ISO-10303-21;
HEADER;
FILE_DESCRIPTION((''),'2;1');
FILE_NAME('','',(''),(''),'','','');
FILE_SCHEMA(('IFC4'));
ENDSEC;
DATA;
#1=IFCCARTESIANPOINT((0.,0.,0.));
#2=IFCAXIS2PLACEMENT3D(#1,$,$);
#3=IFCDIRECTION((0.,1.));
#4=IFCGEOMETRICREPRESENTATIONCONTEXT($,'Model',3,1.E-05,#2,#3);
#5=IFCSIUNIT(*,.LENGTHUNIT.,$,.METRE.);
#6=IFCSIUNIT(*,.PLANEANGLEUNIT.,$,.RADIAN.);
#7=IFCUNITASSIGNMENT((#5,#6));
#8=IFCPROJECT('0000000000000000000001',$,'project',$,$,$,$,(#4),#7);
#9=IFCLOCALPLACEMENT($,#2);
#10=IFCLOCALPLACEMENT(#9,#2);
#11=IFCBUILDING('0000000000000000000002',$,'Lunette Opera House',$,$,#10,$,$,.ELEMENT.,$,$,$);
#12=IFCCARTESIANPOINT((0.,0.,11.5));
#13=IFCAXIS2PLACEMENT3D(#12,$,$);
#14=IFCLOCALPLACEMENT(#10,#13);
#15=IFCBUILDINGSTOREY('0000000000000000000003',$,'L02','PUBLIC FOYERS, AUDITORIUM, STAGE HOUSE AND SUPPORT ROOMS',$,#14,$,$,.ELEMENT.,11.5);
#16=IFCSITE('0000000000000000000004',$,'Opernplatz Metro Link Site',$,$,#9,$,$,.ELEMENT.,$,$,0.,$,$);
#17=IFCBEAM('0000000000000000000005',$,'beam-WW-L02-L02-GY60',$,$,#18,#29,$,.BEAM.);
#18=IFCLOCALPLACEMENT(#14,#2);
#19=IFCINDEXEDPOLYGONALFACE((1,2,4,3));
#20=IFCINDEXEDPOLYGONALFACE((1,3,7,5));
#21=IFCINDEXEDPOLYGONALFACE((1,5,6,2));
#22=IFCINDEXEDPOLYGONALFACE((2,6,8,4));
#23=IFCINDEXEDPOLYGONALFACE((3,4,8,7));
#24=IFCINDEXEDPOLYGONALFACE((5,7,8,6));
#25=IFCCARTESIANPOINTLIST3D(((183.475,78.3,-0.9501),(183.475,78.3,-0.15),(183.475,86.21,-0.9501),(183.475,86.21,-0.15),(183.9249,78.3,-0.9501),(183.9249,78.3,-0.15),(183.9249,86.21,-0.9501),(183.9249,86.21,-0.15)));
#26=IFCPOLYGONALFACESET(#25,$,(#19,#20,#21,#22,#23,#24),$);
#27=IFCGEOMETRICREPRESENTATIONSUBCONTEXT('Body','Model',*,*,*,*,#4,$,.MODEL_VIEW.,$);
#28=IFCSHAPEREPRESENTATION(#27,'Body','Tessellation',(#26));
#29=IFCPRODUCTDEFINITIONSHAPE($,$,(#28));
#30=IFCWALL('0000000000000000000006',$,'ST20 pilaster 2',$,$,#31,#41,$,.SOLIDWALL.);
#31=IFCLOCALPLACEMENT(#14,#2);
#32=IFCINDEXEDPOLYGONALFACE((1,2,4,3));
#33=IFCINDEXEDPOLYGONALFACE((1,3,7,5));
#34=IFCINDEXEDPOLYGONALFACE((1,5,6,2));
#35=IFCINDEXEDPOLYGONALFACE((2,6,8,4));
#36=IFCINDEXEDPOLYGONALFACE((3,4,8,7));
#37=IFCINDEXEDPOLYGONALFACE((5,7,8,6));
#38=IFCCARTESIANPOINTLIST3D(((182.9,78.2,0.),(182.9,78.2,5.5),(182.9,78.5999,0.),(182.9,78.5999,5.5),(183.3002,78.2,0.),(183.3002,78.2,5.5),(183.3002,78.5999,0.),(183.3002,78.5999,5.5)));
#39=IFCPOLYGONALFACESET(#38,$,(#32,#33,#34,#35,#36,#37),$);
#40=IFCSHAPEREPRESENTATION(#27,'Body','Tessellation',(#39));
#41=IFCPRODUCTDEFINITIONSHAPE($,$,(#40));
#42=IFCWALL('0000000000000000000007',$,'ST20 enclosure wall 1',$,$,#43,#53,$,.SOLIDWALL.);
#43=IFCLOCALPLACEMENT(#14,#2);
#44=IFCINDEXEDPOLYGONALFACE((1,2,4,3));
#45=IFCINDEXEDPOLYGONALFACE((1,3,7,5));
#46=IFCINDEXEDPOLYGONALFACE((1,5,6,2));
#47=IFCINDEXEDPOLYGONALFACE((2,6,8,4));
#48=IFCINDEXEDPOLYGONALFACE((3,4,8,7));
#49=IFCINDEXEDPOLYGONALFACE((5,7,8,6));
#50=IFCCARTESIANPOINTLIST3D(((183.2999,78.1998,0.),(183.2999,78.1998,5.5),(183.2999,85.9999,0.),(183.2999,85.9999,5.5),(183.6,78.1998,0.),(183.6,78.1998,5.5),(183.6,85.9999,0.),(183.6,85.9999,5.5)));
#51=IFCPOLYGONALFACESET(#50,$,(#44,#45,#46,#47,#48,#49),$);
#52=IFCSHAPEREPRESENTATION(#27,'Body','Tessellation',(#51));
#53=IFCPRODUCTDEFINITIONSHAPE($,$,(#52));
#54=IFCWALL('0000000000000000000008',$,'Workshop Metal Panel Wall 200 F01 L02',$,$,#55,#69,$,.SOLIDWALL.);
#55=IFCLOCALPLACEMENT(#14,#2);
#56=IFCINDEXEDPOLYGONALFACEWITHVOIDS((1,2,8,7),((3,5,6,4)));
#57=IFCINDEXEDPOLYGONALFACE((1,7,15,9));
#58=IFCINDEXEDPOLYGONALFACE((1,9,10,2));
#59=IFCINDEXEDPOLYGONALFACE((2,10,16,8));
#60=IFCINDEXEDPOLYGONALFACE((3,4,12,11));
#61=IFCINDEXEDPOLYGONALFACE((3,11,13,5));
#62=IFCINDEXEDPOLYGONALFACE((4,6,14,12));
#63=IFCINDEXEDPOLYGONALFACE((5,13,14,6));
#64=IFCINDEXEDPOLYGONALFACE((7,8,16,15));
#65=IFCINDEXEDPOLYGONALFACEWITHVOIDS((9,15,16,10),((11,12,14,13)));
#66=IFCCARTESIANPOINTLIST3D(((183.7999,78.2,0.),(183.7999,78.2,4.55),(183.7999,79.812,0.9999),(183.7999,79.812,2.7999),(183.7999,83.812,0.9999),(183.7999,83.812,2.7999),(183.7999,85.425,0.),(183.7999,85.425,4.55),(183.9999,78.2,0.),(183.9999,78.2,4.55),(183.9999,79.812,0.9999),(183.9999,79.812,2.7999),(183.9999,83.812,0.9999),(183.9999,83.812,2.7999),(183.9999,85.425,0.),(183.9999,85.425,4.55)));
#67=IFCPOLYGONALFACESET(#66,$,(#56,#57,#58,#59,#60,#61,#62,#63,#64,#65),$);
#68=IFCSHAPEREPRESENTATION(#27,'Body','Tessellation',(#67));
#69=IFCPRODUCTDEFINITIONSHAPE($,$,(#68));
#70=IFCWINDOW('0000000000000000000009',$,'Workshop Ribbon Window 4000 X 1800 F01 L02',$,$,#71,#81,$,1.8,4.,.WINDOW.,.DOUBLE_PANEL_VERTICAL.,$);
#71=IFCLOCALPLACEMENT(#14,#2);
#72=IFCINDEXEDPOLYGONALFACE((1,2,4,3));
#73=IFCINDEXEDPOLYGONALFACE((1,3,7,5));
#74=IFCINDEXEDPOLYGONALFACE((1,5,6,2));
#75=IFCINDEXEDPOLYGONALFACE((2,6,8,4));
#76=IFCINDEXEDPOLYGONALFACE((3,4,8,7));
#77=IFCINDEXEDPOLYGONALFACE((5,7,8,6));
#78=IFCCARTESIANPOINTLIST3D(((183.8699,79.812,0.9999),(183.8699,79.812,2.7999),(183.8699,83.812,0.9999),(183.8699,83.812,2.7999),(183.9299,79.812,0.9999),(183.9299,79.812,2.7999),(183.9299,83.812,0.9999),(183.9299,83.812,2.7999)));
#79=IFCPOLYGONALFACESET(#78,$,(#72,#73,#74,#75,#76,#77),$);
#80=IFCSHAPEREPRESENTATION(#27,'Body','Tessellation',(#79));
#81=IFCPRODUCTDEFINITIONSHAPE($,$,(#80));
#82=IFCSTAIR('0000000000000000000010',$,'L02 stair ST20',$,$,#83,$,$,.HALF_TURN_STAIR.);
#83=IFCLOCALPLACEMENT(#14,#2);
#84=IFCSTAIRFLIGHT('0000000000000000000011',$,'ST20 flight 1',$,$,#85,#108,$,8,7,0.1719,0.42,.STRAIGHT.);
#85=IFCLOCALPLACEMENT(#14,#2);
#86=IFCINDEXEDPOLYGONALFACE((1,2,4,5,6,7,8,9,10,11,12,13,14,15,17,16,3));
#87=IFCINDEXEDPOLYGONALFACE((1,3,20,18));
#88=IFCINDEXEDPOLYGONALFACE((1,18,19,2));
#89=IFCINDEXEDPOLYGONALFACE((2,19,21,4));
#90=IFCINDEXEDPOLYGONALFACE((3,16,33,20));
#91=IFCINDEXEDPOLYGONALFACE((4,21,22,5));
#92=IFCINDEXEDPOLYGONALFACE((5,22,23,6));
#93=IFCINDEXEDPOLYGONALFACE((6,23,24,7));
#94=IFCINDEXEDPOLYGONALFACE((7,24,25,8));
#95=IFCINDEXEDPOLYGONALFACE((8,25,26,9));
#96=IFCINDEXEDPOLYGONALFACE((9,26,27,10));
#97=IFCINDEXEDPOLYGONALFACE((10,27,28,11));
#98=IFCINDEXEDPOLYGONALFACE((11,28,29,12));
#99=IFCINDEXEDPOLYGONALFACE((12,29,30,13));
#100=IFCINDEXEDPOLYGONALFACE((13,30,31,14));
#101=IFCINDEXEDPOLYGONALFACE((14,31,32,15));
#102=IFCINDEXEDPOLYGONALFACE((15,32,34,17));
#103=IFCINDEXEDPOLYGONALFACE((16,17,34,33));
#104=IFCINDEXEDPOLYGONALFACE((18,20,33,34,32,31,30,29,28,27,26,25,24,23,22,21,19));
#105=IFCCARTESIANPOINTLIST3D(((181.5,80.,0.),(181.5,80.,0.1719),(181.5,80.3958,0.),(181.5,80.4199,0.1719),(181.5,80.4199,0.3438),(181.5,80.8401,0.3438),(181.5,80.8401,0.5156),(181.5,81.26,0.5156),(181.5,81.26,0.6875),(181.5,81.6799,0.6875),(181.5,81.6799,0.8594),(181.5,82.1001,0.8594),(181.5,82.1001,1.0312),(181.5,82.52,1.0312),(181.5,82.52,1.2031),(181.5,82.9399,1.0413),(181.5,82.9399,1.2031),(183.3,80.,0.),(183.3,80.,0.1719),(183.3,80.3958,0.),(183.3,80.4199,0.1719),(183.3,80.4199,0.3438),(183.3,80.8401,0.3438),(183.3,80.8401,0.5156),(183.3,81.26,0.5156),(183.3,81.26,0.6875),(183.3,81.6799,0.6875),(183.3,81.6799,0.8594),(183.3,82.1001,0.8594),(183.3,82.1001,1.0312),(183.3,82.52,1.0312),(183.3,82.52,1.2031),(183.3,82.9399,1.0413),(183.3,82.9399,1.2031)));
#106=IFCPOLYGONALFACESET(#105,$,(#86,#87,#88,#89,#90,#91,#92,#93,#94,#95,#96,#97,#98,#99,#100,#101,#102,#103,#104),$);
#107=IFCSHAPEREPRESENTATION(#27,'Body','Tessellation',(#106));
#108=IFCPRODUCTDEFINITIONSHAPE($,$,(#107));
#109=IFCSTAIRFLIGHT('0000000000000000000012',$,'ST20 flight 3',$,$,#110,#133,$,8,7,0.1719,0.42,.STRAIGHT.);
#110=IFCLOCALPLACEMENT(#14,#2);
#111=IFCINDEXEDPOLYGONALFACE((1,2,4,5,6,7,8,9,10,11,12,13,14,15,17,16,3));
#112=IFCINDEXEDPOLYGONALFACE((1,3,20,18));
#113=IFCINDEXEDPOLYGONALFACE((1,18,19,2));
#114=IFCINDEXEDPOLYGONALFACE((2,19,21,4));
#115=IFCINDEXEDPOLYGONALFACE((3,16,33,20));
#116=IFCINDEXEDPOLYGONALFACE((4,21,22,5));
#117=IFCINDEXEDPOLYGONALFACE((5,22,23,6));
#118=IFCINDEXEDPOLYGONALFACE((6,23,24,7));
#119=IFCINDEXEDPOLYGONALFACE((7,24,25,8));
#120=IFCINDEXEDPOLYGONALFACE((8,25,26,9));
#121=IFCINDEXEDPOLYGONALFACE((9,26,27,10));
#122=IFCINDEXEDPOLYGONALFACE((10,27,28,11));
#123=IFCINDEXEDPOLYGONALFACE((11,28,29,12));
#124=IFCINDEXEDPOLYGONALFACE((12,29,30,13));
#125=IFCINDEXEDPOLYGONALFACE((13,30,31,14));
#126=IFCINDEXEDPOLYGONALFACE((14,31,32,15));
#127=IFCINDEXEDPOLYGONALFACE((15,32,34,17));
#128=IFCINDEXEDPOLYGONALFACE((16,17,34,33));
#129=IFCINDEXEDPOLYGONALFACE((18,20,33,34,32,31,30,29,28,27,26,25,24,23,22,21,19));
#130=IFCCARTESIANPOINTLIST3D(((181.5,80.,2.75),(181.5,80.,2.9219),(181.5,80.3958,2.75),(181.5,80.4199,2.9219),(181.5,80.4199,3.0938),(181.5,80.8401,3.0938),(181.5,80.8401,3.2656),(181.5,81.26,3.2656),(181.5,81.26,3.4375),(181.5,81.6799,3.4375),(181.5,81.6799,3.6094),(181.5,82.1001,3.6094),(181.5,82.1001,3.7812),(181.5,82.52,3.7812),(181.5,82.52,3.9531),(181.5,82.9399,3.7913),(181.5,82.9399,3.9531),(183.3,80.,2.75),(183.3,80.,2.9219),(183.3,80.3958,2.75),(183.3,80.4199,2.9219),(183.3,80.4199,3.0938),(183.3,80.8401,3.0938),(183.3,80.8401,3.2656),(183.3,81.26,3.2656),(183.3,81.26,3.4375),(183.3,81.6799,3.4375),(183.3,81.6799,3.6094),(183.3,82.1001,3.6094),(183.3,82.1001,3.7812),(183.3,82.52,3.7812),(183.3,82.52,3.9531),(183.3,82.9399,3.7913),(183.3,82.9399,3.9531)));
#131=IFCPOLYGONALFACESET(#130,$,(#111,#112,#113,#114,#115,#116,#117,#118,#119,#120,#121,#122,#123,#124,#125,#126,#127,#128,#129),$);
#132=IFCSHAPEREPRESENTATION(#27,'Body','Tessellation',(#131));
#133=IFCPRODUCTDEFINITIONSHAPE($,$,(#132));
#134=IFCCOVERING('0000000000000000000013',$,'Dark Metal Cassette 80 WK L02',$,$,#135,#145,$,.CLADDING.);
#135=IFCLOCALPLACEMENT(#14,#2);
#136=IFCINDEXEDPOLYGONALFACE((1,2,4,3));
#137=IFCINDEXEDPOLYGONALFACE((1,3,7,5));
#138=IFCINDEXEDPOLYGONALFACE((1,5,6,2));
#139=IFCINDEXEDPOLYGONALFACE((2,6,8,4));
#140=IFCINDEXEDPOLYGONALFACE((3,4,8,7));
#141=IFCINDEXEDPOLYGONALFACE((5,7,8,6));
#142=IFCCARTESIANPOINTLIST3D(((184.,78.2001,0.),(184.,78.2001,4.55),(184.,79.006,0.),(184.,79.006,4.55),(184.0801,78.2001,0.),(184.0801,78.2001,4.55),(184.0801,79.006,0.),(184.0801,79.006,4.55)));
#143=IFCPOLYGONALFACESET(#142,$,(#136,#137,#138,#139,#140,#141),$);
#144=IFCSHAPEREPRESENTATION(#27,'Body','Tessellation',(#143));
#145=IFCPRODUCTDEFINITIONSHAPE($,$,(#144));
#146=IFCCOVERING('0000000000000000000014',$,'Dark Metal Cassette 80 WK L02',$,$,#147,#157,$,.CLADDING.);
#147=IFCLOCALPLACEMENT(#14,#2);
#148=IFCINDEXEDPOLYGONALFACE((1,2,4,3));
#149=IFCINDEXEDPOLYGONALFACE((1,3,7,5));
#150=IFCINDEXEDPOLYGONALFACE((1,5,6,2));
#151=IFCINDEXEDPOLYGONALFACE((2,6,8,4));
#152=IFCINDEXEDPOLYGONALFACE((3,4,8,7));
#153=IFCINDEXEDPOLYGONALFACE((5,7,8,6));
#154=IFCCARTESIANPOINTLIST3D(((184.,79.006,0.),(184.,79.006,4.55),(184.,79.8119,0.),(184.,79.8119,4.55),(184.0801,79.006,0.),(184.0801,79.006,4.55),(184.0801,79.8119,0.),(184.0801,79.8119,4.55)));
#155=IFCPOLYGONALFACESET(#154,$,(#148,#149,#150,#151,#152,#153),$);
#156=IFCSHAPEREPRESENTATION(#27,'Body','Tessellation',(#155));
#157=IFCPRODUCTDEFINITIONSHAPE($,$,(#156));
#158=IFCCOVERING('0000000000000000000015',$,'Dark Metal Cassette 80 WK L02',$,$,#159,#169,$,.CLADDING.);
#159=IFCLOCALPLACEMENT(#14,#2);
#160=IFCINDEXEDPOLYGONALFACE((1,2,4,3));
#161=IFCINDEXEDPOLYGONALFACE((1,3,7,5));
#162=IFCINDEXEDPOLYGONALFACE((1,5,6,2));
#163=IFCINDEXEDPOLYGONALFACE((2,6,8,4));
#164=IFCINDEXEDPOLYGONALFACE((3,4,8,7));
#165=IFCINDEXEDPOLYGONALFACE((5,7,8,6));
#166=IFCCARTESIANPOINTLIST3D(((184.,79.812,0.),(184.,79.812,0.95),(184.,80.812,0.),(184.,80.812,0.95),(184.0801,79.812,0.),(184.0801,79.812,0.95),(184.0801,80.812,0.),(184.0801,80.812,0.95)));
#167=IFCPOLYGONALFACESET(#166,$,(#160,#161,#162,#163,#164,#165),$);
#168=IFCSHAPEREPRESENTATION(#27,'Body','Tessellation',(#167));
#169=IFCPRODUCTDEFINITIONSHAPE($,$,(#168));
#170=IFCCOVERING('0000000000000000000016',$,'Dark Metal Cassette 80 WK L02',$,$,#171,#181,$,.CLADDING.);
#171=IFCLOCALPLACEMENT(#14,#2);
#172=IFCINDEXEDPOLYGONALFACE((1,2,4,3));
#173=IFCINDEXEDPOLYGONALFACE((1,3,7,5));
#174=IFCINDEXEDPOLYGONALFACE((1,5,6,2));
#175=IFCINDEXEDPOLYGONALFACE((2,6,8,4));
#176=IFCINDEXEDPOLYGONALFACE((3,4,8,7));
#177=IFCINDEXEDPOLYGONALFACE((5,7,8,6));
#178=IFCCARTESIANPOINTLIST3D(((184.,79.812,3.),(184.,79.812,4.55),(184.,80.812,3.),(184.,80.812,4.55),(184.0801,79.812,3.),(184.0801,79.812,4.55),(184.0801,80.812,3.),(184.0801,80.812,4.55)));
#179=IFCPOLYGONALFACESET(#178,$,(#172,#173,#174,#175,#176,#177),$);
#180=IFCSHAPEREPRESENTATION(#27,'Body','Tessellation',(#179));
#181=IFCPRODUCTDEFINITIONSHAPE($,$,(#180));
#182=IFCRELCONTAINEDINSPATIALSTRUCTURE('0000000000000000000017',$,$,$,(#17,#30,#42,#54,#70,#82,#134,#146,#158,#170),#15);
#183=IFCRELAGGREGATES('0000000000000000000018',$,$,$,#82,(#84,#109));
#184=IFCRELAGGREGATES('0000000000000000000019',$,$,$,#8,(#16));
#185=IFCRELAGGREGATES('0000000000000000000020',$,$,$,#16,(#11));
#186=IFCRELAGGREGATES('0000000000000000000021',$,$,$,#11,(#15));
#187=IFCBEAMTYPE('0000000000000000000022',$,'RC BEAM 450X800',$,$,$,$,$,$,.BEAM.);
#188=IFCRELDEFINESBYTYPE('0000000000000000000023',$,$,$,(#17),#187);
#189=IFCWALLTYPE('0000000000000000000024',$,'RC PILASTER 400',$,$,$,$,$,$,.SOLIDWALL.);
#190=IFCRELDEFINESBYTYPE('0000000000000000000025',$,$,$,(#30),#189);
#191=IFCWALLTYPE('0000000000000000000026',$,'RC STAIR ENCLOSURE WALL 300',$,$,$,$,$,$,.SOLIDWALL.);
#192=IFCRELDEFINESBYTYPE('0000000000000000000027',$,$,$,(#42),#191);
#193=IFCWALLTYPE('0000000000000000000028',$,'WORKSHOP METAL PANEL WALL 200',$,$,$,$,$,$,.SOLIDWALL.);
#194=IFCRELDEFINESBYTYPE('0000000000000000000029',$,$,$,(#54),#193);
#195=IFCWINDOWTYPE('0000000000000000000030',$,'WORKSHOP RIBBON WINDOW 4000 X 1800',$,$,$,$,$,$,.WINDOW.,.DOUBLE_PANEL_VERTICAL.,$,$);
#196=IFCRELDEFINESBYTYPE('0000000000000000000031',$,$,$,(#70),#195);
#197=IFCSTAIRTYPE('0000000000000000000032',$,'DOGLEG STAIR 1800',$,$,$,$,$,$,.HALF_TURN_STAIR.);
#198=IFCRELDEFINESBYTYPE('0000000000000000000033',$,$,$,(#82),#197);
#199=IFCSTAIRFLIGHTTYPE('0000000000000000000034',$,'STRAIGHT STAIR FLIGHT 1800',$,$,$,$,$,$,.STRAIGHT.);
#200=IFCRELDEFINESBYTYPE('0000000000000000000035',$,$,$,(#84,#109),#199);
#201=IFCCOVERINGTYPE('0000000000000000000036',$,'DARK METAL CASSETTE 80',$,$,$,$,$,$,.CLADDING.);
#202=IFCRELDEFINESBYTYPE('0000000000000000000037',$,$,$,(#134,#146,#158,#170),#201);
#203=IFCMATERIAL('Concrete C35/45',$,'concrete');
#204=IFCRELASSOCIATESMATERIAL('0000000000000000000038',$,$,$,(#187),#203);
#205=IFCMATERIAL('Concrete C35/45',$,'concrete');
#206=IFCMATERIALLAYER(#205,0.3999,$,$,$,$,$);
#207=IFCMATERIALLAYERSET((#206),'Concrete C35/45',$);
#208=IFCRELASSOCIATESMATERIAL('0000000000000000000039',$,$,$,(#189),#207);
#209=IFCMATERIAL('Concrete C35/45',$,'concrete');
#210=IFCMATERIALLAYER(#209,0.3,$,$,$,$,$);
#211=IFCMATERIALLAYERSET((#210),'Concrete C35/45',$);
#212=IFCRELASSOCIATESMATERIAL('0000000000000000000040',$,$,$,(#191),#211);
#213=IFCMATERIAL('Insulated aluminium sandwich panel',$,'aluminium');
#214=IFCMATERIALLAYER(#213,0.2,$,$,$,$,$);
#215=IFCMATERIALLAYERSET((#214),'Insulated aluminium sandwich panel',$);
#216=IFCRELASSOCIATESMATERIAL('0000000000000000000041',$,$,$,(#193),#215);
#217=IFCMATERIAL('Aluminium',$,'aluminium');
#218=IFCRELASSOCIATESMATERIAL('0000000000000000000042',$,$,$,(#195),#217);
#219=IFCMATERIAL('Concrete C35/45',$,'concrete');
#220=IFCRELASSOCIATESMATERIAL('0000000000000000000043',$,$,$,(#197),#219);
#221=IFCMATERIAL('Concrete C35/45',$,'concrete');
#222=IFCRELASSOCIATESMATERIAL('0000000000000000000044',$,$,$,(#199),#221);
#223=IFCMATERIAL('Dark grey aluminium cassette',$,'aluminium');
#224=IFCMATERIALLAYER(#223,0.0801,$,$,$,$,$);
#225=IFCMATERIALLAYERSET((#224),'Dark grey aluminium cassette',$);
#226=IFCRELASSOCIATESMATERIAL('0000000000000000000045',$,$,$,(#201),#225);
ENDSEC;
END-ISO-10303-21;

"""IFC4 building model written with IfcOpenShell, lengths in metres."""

from ifc_helpers import new_model, si_unit, direction, frame, frame_2d, origin, origin_2d, place, context, subcontext, project, spatial, polyline, rectangle, outline, extrude, material, layer, layer_set, material_profile, profile_set, type_object, element, fill, aggregate, save


model = new_model("IFC4")

# Units and contexts
model_context = context("Model", 3, precision=1e-05, world=origin(), true_north=direction((0.0, 1.0)))
body_context = subcontext(model_context, "Body", "Model", "MODEL_VIEW")
ifc_project = project(units=[si_unit("LENGTHUNIT", "METRE"), si_unit("PLANEANGLEUNIT", "RADIAN")], contexts=[model_context])

# Site, building, storey
site_placement = place(None, origin())
site = spatial("IfcSite", under=ifc_project, at=site_placement, Name="Opernplatz Metro Link Site", CompositionType="ELEMENT", RefElevation=0.0)
building_placement = place(site_placement, origin())
building = spatial("IfcBuilding", under=site, at=building_placement, Name="Lunette Opera House", CompositionType="ELEMENT")
storey_placement = place(building_placement, frame((0.0, 0.0, 11.5)))
storey = spatial("IfcBuildingStorey", under=building, at=storey_placement, Name="L02", Description="PUBLIC FOYERS, AUDITORIUM, STAGE HOUSE AND SUPPORT ROOMS", CompositionType="ELEMENT", Elevation=11.5)

# Beam
ifc_material_1 = material(Name="Concrete C35/45", Category="concrete")
ifc_material_profile = material_profile(ifc_material_1, rectangle(XDim=0.45, YDim=0.8, at=origin_2d()), Name="RC BEAM 450X800")
ifc_profile_set = profile_set([ifc_material_profile], Name="Concrete C35/45")
beam_type = type_object("IfcBeamType", Name="RC BEAM 450X800", PredefinedType="BEAM", material=ifc_profile_set)
beam_placement = place(storey_placement, frame((183.7, 78.3, -0.55), z_axis=(0.0, 1.0, 0.0), x_axis=(-1.0, 0.0, 0.0)))
element("IfcBeam", 1, at=beam_placement, inside=storey, type_object=beam_type, Name="beam-WW-L02-L02-GY60", PredefinedType="BEAM", context=body_context, shape_type="SweptSolid", body=[
    extrude(rectangle(XDim=0.45, YDim=0.8, at=origin_2d()), origin(), (0.0, 0.0, 1.0), 7.9099),
])

# Walls
ifc_material_2 = material(Name="Concrete C35/45", Category="concrete")
ifc_layer_1 = layer(ifc_material_2, 0.3999)
ifc_layer_set_1 = layer_set([ifc_layer_1], Name="Concrete C35/45")
wall_type_1 = type_object("IfcWallType", Name="RC PILASTER 400", PredefinedType="SOLIDWALL", material=ifc_layer_set_1)
wall_1_placement = place(storey_placement, frame((182.8999, 78.3999, 0.0), z_axis=(0.0, 0.0, 1.0), x_axis=(1.0, 0.0, 0.0)))
element("IfcWall", 2, at=wall_1_placement, inside=storey, type_object=wall_type_1, Name="ST20 pilaster 2", PredefinedType="SOLIDWALL", context=body_context, shape_type="SweptSolid", body=[
    extrude(rectangle(XDim=0.4001, YDim=0.3999, at=frame_2d((0.2002, 0.0))), origin(), (0.0, 0.0, 1.0), 5.5),
])
ifc_material_3 = material(Name="Concrete C35/45", Category="concrete")
ifc_layer_2 = layer(ifc_material_3, 0.3)
ifc_layer_set_2 = layer_set([ifc_layer_2], Name="Concrete C35/45")
wall_type_2 = type_object("IfcWallType", Name="RC STAIR ENCLOSURE WALL 300", PredefinedType="SOLIDWALL", material=ifc_layer_set_2)
wall_2_placement = place(storey_placement, frame((183.45, 78.2, 0.0), z_axis=(0.0, 0.0, 1.0), x_axis=(0.0, 1.0, 0.0)))
element("IfcWall", 3, at=wall_2_placement, inside=storey, type_object=wall_type_2, Name="ST20 enclosure wall 1", PredefinedType="SOLIDWALL", context=body_context, shape_type="SweptSolid", body=[
    extrude(rectangle(XDim=7.8, YDim=0.3, at=frame_2d((3.8999, 0.0))), origin(), (0.0, 0.0, 1.0), 5.5),
])

# Wall, opening, window
ifc_material_4 = material(Name="Insulated aluminium sandwich panel", Category="aluminium")
ifc_layer_3 = layer(ifc_material_4, 0.2)
ifc_layer_set_3 = layer_set([ifc_layer_3], Name="Insulated aluminium sandwich panel")
wall_type_3 = type_object("IfcWallType", Name="WORKSHOP METAL PANEL WALL 200", PredefinedType="SOLIDWALL", material=ifc_layer_set_3)
wall_3_placement = place(storey_placement, frame((183.8999, 78.2, 0.0), z_axis=(0.0, 0.0, 1.0), x_axis=(0.0, 1.0, 0.0)))
wall_3 = element("IfcWall", 4, at=wall_3_placement, inside=storey, type_object=wall_type_3, Name="Workshop Metal Panel Wall 200 F01 L02", PredefinedType="SOLIDWALL", context=body_context, shape_type="SweptSolid", body=[
    extrude(rectangle(XDim=7.2251, YDim=0.2, at=frame_2d((3.6125, 0.0))), origin(), (0.0, 0.0, 1.0), 4.55),
])
opening_placement = place(wall_3_placement, frame((1.6121, 0.0, 1.0)))
opening = element("IfcOpeningElement", 5, at=opening_placement, cuts=wall_3, PredefinedType="OPENING", context=body_context, shape_type="SweptSolid", body=[
    extrude(rectangle(XDim=4.0, YDim=1.8, at=frame_2d((2.0, 0.8999))), frame((0.0, 0.1121, 0.0), z_axis=(0.0, -1.0, 0.0), x_axis=(1.0, 0.0, 0.0)), (0.0, 0.0, 1.0), 0.2239),
])
ifc_material_5 = material(Name="Aluminium", Category="aluminium")
window_type = type_object("IfcWindowType", Name="WORKSHOP RIBBON WINDOW 4000 X 1800", PartitioningType="DOUBLE_PANEL_VERTICAL", PredefinedType="WINDOW", material=ifc_material_5)
window_placement = place(opening_placement, origin())
window = element("IfcWindow", 6, at=window_placement, inside=storey, type_object=window_type, Name="Workshop Ribbon Window 4000 X 1800 F01 L02", OverallHeight=1.8, OverallWidth=4.0, PartitioningType="DOUBLE_PANEL_VERTICAL", PredefinedType="WINDOW", context=body_context, shape_type="SweptSolid", body=[
    extrude(rectangle(XDim=4.0, YDim=1.8, at=frame_2d((2.0, 0.8999))), frame((0.0, 0.03, 0.0), z_axis=(0.0, -1.0, 0.0), x_axis=(1.0, 0.0, 0.0)), (0.0, 0.0, 1.0), 0.0601),
])
fill(opening, window)

# Stair, stair flights
ifc_material_6 = material(Name="Concrete C35/45", Category="concrete")
stair_type = type_object("IfcStairType", Name="DOGLEG STAIR 1800", PredefinedType="HALF_TURN_STAIR", material=ifc_material_6)
stair_placement = place(storey_placement, origin())
stair = element("IfcStair", 7, at=stair_placement, inside=storey, type_object=stair_type, Name="L02 stair ST20", PredefinedType="HALF_TURN_STAIR")
ifc_material_7 = material(Name="Concrete C35/45", Category="concrete")
stair_flight_type = type_object("IfcStairFlightType", Name="STRAIGHT STAIR FLIGHT 1800", PredefinedType="STRAIGHT", material=ifc_material_7)
stair_flight_1_placement = place(storey_placement, frame((182.3999, 80.0, 0.0), z_axis=(0.0, 0.0, 1.0), x_axis=(0.0, 1.0, 0.0)))
stair_flight_1 = element("IfcStairFlight", 8, at=stair_flight_1_placement, type_object=stair_flight_type, Name="ST20 flight 1", NumberOfRisers=8, NumberOfTreads=7, PredefinedType="STRAIGHT", RiserHeight=0.1719, TreadLength=0.42, context=body_context, shape_type="SweptSolid", body=[
    extrude(outline(polyline([(0.0, 0.0), (0.0, 0.1719), (0.4199, 0.1719), (0.4199, 0.3438), (0.8401, 0.3438), (0.8401, 0.5156), (1.26, 0.5156), (1.26, 0.6875), (1.6799, 0.6875), (1.6799, 0.8594), (2.1001, 0.8594), (2.1001, 1.0312), (2.52, 1.0312), (2.52, 1.2031), (2.9399, 1.2031), (2.9399, 1.375), (2.9399, 1.0413), (0.3958, 0.0), (0.0, 0.0)])), frame((0.0, 0.8999, 0.0), z_axis=(0.0, -1.0, 0.0), x_axis=(1.0, 0.0, 0.0)), (0.0, 0.0, 1.0), 1.8),
])
stair_flight_2_placement = place(storey_placement, frame((182.3999, 80.0, 2.75), z_axis=(0.0, 0.0, 1.0), x_axis=(0.0, 1.0, 0.0)))
stair_flight_2 = element("IfcStairFlight", 9, at=stair_flight_2_placement, type_object=stair_flight_type, Name="ST20 flight 3", NumberOfRisers=8, NumberOfTreads=7, PredefinedType="STRAIGHT", RiserHeight=0.1719, TreadLength=0.42, context=body_context, shape_type="SweptSolid", body=[
    extrude(outline(polyline([(0.0, 0.0), (0.0, 0.1719), (0.4199, 0.1719), (0.4199, 0.3438), (0.8401, 0.3438), (0.8401, 0.5156), (1.26, 0.5156), (1.26, 0.6875), (1.6799, 0.6875), (1.6799, 0.8594), (2.1001, 0.8594), (2.1001, 1.0312), (2.52, 1.0312), (2.52, 1.2031), (2.9399, 1.2031), (2.9399, 1.375), (2.9399, 1.0413), (0.3958, 0.0), (0.0, 0.0)])), frame((0.0, 0.8999, 0.0), z_axis=(0.0, -1.0, 0.0), x_axis=(1.0, 0.0, 0.0)), (0.0, 0.0, 1.0), 1.8),
])
aggregate(stair, [stair_flight_1, stair_flight_2])

# Coverings
ifc_material_8 = material(Name="Dark grey aluminium cassette", Category="aluminium")
ifc_layer_4 = layer(ifc_material_8, 0.0801)
ifc_layer_set_4 = layer_set([ifc_layer_4], Name="Dark grey aluminium cassette")
covering_type = type_object("IfcCoveringType", Name="DARK METAL CASSETTE 80", PredefinedType="CLADDING", material=ifc_layer_set_4)
for number, where, z_axis, x_axis, name in (
    (10, (184.04, 78.603, 0.0), (0.0, 0.0, 1.0), (0.0, 1.0, 0.0), "Dark Metal Cassette 80 WK L02"),
    (11, (184.04, 79.4089, 0.0), (0.0, 0.0, 1.0), (0.0, 1.0, 0.0), "Dark Metal Cassette 80 WK L02"),
):
    element("IfcCovering", number, at=place(storey_placement, frame(where, z_axis=z_axis, x_axis=x_axis)), inside=storey, type_object=covering_type, Name=name, PredefinedType="CLADDING", context=body_context, shape_type="SweptSolid", body=[
        extrude(rectangle(XDim=0.8059, YDim=0.0801, at=origin_2d()), origin(), (0.0, 0.0, 1.0), 4.55),
    ])
covering_1_placement = place(storey_placement, frame((184.04, 80.312, 0.0), z_axis=(0.0, 0.0, 1.0), x_axis=(0.0, 1.0, 0.0)))
element("IfcCovering", 12, at=covering_1_placement, inside=storey, type_object=covering_type, Name="Dark Metal Cassette 80 WK L02", PredefinedType="CLADDING", context=body_context, shape_type="SweptSolid", body=[
    extrude(rectangle(XDim=1.0, YDim=0.0801, at=origin_2d()), origin(), (0.0, 0.0, 1.0), 0.95),
])
covering_2_placement = place(storey_placement, frame((184.04, 80.312, 3.0), z_axis=(0.0, 0.0, 1.0), x_axis=(0.0, 1.0, 0.0)))
element("IfcCovering", 13, at=covering_2_placement, inside=storey, type_object=covering_type, Name="Dark Metal Cassette 80 WK L02", PredefinedType="CLADDING", context=body_context, shape_type="SweptSolid", body=[
    extrude(rectangle(XDim=1.0, YDim=0.0801, at=origin_2d()), origin(), (0.0, 0.0, 1.0), 1.55),
])

save(model, "model.ifc")
